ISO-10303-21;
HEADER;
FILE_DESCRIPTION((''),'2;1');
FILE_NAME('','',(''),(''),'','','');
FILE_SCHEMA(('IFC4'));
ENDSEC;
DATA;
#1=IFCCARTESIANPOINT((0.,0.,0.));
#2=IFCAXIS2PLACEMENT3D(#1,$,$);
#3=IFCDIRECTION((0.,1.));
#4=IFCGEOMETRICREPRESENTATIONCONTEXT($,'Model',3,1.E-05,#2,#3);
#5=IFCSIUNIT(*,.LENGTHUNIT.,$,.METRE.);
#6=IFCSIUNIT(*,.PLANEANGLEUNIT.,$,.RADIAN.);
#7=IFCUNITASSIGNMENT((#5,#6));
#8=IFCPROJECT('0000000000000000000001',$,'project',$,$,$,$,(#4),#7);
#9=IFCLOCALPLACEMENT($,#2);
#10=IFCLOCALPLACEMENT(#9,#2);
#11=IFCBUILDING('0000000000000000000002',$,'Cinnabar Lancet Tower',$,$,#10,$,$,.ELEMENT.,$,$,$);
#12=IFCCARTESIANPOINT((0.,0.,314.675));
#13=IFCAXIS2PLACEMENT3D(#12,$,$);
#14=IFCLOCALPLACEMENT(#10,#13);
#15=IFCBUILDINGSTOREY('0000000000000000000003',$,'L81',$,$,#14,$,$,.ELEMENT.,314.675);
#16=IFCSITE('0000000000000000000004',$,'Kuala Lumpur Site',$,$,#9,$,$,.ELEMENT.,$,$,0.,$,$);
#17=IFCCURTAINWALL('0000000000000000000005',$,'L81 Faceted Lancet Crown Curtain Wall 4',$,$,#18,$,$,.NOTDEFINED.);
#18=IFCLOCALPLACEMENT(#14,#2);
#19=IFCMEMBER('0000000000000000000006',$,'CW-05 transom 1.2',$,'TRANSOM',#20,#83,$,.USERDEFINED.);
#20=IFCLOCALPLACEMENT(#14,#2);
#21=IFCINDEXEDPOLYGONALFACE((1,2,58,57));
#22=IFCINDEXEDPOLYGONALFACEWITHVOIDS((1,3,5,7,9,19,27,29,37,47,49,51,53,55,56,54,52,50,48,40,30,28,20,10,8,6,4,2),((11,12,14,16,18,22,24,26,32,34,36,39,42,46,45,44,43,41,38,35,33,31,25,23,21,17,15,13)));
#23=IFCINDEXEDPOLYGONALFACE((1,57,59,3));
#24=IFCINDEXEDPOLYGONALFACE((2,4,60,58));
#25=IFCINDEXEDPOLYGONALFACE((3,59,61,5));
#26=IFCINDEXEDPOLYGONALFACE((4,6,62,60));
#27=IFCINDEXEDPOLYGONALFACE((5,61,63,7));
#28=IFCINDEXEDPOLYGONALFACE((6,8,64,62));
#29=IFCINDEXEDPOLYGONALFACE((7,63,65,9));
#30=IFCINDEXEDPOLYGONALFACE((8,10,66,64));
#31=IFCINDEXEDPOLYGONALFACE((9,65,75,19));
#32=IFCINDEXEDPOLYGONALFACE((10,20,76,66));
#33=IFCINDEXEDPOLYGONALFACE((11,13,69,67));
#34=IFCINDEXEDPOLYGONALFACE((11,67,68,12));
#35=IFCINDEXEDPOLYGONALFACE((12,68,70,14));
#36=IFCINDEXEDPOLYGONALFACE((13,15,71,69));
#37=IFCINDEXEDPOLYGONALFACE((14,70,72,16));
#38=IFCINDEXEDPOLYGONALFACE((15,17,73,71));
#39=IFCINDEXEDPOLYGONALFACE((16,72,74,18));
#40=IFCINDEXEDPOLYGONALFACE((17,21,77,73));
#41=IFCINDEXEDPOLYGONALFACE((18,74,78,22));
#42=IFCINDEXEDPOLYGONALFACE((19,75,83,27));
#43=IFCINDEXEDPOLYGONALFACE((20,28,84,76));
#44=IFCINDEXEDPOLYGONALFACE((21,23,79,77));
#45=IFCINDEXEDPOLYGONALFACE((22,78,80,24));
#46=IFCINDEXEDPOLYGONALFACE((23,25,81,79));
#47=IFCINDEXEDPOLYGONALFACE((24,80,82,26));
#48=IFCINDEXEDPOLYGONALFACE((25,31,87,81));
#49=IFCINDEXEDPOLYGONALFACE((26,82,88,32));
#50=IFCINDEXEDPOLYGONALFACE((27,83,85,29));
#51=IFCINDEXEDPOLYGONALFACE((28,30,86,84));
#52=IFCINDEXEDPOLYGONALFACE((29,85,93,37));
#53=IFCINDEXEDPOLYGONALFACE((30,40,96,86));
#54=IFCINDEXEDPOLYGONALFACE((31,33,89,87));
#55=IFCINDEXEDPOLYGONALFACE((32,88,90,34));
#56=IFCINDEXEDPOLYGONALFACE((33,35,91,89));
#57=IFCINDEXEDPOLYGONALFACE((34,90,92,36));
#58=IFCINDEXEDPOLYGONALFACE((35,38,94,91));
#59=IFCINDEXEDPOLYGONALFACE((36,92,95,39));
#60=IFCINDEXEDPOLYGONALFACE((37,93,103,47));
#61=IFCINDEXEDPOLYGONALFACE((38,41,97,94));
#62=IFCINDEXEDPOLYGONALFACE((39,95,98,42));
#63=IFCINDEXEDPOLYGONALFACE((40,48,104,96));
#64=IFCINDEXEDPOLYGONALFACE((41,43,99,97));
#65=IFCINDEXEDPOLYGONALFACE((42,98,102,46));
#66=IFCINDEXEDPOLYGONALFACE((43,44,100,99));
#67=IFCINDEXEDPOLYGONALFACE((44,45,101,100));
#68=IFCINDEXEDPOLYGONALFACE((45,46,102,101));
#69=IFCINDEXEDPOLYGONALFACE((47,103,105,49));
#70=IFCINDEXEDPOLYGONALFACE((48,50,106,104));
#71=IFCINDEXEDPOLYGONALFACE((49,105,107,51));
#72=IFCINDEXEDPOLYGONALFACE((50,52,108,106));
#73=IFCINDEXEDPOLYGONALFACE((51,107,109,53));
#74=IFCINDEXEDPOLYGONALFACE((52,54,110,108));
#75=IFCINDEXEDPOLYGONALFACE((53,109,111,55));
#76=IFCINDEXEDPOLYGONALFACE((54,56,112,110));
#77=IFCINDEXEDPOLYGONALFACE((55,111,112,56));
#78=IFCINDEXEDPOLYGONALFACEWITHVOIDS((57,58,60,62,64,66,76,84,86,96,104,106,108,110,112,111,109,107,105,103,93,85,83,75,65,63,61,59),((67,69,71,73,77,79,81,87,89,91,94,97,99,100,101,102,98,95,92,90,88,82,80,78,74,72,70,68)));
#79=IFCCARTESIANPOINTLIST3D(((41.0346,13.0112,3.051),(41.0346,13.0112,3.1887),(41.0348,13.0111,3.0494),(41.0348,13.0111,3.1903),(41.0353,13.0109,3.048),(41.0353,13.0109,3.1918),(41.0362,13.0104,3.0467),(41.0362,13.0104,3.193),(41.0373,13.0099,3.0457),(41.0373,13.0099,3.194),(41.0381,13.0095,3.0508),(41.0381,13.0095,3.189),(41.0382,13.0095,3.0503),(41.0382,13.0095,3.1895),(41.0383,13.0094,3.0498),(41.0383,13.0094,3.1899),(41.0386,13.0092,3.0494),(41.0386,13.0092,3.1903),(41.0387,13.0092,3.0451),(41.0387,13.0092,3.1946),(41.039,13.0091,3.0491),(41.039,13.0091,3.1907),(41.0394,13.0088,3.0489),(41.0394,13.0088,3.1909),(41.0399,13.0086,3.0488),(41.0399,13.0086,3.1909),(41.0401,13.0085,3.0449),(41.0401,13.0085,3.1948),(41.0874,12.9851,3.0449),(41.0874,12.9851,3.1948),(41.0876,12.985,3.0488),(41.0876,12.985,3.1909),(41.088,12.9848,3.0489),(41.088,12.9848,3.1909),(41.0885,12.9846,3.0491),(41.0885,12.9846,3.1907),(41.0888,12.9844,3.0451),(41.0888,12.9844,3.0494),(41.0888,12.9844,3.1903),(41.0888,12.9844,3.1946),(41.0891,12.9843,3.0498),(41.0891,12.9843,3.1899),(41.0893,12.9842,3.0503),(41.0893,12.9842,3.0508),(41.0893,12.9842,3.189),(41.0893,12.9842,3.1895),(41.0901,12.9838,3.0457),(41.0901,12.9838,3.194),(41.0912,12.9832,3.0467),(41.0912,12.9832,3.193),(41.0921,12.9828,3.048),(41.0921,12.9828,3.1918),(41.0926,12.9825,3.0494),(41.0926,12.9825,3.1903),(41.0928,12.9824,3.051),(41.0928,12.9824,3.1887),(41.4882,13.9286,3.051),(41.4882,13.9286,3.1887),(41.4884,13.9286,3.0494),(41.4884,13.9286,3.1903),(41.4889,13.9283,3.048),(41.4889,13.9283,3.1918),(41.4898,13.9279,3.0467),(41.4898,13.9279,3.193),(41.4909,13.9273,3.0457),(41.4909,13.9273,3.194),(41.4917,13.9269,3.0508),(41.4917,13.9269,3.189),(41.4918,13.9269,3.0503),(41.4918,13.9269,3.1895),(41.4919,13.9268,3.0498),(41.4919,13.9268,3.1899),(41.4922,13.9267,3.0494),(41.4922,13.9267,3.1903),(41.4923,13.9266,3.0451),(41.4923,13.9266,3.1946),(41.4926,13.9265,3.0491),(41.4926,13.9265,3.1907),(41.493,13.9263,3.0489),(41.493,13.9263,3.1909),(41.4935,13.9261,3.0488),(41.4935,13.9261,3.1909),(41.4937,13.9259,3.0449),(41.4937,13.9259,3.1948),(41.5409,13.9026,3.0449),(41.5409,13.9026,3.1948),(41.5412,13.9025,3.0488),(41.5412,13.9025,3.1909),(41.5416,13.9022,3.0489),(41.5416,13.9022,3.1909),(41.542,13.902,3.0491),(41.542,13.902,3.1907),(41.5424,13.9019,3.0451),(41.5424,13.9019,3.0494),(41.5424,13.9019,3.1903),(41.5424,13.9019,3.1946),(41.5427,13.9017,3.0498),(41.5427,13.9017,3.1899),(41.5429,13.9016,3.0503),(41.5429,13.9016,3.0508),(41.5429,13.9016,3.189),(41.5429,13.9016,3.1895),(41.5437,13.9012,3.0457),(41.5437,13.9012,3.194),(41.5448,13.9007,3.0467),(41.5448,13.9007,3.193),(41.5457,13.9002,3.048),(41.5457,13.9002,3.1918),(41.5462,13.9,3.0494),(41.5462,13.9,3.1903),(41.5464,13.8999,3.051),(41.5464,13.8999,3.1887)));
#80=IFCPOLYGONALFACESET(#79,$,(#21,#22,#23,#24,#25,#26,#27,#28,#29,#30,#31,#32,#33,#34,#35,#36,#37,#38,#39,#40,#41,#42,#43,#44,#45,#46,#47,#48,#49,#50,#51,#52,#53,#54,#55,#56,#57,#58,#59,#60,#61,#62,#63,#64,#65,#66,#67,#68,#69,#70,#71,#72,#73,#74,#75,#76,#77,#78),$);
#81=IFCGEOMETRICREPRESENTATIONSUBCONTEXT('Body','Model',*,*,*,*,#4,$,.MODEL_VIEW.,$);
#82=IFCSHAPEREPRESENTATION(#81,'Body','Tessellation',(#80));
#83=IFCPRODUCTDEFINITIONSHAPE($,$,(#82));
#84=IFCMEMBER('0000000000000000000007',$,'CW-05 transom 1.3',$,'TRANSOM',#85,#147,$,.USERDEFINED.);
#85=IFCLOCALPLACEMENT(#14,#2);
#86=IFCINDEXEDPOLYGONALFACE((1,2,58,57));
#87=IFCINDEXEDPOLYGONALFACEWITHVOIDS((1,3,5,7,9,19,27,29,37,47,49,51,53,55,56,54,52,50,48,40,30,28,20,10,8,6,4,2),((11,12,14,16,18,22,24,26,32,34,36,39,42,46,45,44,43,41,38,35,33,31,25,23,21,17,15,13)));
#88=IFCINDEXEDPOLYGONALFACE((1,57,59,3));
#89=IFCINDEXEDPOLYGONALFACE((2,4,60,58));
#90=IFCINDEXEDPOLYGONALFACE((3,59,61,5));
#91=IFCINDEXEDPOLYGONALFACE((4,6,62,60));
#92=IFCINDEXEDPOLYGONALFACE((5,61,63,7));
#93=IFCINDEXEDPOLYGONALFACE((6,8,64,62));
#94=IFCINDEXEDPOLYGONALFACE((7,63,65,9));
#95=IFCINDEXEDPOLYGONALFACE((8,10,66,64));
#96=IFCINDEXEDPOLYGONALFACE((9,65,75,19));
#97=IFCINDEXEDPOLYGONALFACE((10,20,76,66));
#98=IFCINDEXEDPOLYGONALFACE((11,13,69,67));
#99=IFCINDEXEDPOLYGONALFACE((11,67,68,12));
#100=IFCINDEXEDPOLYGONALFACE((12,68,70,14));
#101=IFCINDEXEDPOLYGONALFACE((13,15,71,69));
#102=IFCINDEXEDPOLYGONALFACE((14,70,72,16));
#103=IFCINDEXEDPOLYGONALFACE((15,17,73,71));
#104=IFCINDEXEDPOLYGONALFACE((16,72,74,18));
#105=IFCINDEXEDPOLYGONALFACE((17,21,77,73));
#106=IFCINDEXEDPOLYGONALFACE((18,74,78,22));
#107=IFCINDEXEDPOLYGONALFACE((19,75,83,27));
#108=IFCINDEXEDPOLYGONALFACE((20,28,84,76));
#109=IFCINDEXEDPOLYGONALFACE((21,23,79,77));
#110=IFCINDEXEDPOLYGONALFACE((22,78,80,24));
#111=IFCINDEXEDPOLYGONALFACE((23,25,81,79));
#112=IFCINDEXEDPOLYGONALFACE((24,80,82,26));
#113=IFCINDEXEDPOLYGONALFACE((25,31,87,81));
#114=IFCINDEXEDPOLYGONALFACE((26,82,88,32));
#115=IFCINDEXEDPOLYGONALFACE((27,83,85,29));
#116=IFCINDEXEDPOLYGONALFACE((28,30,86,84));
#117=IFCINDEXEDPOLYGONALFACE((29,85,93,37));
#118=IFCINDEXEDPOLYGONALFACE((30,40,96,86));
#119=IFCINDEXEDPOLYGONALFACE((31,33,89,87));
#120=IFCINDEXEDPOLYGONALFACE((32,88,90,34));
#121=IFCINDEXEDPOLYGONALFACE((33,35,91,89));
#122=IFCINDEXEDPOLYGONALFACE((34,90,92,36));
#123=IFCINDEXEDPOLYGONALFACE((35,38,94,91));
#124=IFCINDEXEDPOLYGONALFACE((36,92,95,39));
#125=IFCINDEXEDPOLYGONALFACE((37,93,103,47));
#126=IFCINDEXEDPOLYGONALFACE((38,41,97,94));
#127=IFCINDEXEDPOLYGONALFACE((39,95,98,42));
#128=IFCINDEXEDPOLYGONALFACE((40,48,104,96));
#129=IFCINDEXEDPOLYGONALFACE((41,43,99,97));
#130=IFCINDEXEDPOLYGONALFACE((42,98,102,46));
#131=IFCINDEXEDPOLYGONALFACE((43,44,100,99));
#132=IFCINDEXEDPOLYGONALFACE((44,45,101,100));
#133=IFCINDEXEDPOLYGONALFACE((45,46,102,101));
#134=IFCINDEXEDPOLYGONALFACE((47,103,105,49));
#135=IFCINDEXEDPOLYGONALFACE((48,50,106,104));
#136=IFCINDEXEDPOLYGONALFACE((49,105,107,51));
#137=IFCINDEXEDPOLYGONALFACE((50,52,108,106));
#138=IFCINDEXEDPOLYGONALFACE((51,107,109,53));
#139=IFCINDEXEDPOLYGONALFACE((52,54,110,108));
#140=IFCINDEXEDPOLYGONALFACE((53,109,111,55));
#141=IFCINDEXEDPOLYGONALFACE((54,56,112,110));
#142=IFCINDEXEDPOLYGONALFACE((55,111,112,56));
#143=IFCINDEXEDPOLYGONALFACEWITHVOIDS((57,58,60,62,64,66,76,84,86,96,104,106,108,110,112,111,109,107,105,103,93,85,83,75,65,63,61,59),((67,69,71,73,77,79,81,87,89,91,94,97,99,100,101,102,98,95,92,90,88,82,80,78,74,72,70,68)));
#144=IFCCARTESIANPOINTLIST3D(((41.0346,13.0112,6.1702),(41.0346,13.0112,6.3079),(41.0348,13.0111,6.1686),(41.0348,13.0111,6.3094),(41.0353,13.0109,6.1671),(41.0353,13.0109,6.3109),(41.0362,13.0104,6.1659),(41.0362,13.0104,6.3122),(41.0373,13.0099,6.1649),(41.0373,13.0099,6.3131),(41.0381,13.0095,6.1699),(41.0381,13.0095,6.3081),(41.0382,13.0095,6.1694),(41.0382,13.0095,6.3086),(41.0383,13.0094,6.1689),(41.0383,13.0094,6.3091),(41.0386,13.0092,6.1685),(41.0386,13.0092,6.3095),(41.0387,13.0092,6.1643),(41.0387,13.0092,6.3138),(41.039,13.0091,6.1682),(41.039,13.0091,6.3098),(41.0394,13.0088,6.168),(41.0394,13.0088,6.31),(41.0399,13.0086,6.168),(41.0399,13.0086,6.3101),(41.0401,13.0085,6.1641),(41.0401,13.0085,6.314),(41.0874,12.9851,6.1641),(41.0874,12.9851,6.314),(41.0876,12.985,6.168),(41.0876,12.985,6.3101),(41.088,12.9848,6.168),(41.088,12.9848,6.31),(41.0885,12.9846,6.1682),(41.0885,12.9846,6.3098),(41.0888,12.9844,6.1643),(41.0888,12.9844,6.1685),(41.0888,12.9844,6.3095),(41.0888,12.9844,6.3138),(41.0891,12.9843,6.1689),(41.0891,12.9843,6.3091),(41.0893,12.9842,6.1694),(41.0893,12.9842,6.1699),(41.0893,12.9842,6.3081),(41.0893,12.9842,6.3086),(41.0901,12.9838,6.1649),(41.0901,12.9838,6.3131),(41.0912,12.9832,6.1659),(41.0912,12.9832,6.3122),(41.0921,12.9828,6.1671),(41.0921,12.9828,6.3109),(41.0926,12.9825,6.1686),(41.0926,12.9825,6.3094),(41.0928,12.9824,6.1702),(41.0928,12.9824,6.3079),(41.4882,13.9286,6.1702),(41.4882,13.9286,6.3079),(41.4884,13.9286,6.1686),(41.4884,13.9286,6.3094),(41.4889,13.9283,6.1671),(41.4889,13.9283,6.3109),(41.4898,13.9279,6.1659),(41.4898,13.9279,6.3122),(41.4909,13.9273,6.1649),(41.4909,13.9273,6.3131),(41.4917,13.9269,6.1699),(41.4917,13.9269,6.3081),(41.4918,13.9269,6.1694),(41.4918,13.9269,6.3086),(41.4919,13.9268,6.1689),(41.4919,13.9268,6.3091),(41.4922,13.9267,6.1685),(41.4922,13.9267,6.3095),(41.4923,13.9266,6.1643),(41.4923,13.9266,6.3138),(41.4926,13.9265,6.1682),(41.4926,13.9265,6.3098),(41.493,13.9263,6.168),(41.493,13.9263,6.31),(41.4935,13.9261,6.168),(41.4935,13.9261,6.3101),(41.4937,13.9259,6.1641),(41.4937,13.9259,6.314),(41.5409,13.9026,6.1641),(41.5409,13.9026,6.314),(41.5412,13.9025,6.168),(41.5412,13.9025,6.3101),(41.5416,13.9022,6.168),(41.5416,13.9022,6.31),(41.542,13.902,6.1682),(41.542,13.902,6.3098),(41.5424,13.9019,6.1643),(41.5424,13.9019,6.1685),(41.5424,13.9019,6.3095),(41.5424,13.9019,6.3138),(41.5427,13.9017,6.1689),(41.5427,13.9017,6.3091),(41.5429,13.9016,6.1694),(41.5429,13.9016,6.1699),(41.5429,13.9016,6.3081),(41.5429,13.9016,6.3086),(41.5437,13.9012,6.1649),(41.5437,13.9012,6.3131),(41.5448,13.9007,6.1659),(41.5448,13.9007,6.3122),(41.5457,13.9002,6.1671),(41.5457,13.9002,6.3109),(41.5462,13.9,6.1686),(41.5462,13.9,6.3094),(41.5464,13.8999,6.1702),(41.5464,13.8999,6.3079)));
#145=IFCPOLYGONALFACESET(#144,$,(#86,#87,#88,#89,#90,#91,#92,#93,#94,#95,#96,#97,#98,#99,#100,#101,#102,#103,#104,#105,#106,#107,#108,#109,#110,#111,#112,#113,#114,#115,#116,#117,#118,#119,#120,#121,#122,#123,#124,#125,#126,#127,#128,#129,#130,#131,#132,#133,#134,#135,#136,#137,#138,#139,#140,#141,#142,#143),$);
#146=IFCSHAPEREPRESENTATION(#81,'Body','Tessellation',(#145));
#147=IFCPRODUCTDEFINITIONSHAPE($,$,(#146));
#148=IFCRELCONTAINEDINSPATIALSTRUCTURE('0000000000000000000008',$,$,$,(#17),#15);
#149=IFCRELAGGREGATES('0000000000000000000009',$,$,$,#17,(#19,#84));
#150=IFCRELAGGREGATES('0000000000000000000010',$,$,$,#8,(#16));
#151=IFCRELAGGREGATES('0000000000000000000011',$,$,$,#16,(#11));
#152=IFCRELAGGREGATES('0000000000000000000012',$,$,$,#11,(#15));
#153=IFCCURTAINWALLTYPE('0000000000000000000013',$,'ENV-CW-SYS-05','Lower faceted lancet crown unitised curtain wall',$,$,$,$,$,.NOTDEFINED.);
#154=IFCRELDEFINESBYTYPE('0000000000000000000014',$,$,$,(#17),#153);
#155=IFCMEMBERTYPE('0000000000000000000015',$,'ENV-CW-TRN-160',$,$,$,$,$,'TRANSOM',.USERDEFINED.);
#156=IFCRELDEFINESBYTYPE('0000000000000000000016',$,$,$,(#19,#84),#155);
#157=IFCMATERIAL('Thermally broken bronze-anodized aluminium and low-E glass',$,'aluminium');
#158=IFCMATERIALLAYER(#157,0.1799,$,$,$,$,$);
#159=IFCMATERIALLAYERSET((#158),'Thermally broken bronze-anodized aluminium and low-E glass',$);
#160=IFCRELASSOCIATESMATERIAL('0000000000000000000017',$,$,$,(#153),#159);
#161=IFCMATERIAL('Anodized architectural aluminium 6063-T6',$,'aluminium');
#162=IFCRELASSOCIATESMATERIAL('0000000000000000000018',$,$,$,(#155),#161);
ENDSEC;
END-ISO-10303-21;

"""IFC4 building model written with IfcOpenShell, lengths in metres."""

from ifc_helpers import new_model, si_unit, direction, frame, origin, origin_2d, place, context, subcontext, project, spatial, hollow_rectangle, extrude, material, layer, layer_set, material_profile, profile_set, type_object, element, aggregate, save


model = new_model("IFC4")

# Units and contexts
model_context = context("Model", 3, precision=1e-05, world=origin(), true_north=direction((0.0, 1.0)))
body_context = subcontext(model_context, "Body", "Model", "MODEL_VIEW")
ifc_project = project(units=[si_unit("LENGTHUNIT", "METRE"), si_unit("PLANEANGLEUNIT", "RADIAN")], contexts=[model_context])

# Site, building, storey
site_placement = place(None, origin())
site = spatial("IfcSite", under=ifc_project, at=site_placement, Name="Kuala Lumpur Site", CompositionType="ELEMENT", RefElevation=0.0)
building_placement = place(site_placement, origin())
building = spatial("IfcBuilding", under=site, at=building_placement, Name="Cinnabar Lancet Tower", CompositionType="ELEMENT")
storey_placement = place(building_placement, frame((0.0, 0.0, 314.675)))
storey = spatial("IfcBuildingStorey", under=building, at=storey_placement, Name="L81", CompositionType="ELEMENT", Elevation=314.675)

# Curtain wall
ifc_material_1 = material(Name="Thermally broken bronze-anodized aluminium and low-E glass", Category="aluminium")
ifc_layer_1 = layer(ifc_material_1, 0.1799)
ifc_layer_set_1 = layer_set([ifc_layer_1], Name="Thermally broken bronze-anodized aluminium and low-E glass")
curtain_wall_type = type_object("IfcCurtainWallType", Name="ENV-CW-SYS-05", Description="Lower faceted lancet crown unitised curtain wall", PredefinedType="NOTDEFINED", material=ifc_layer_set_1)
curtain_wall_1_placement = place(storey_placement, origin())
curtain_wall_1 = element("IfcCurtainWall", 1, at=curtain_wall_1_placement, inside=storey, type_object=curtain_wall_type, Name="L81 Faceted Lancet Crown Curtain Wall 4", PredefinedType="NOTDEFINED")

# Members
ifc_material_2 = material(Name="Anodized architectural aluminium 6063-T6", Category="aluminium")
ifc_material_profile_1 = material_profile(ifc_material_2, hollow_rectangle(XDim=0.0649, YDim=0.1499, WallThickness=0.0039, InnerFilletRadius=0.002, OuterFilletRadius=0.0061, at=origin_2d()), Name="CW-TRN 150x65x4")
ifc_profile_set_1 = profile_set([ifc_material_profile_1], Name="Anodized architectural aluminium 6063-T6")
member_type_1 = type_object("IfcMemberType", Name="ENV-CW-TRN-160", ElementType="TRANSOM", PredefinedType="USERDEFINED", material=ifc_profile_set_1)
member_1_placement = place(storey_placement, frame((41.0637, 12.9968, 3.1199), z_axis=(0.443202, 0.896422, 0.0), x_axis=(-0.896422, 0.443202, 0.0)))
member_1 = element("IfcMember", 2, at=member_1_placement, type_object=member_type_1, Name="CW-05 transom 1.2", ObjectType="TRANSOM", PredefinedType="USERDEFINED", context=body_context, shape_type="SweptSolid", body=[
    extrude(hollow_rectangle(XDim=0.0649, YDim=0.1499, WallThickness=0.0039, InnerFilletRadius=0.002, OuterFilletRadius=0.0061, at=origin_2d()), origin(), (0.0, 0.0, 1.0), 1.0234),
])
member_2_placement = place(storey_placement, frame((41.0637, 12.9968, 6.239), z_axis=(0.443202, 0.896422, 0.0), x_axis=(-0.896422, 0.443202, 0.0)))
member_2 = element("IfcMember", 3, at=member_2_placement, type_object=member_type_1, Name="CW-05 transom 1.3", ObjectType="TRANSOM", PredefinedType="USERDEFINED", context=body_context, shape_type="SweptSolid", body=[
    extrude(hollow_rectangle(XDim=0.0649, YDim=0.1499, WallThickness=0.0039, InnerFilletRadius=0.002, OuterFilletRadius=0.0061, at=origin_2d()), origin(), (0.0, 0.0, 1.0), 1.0234),
])

aggregate(curtain_wall_1, [member_1, member_2])

save(model, "model.ifc")
